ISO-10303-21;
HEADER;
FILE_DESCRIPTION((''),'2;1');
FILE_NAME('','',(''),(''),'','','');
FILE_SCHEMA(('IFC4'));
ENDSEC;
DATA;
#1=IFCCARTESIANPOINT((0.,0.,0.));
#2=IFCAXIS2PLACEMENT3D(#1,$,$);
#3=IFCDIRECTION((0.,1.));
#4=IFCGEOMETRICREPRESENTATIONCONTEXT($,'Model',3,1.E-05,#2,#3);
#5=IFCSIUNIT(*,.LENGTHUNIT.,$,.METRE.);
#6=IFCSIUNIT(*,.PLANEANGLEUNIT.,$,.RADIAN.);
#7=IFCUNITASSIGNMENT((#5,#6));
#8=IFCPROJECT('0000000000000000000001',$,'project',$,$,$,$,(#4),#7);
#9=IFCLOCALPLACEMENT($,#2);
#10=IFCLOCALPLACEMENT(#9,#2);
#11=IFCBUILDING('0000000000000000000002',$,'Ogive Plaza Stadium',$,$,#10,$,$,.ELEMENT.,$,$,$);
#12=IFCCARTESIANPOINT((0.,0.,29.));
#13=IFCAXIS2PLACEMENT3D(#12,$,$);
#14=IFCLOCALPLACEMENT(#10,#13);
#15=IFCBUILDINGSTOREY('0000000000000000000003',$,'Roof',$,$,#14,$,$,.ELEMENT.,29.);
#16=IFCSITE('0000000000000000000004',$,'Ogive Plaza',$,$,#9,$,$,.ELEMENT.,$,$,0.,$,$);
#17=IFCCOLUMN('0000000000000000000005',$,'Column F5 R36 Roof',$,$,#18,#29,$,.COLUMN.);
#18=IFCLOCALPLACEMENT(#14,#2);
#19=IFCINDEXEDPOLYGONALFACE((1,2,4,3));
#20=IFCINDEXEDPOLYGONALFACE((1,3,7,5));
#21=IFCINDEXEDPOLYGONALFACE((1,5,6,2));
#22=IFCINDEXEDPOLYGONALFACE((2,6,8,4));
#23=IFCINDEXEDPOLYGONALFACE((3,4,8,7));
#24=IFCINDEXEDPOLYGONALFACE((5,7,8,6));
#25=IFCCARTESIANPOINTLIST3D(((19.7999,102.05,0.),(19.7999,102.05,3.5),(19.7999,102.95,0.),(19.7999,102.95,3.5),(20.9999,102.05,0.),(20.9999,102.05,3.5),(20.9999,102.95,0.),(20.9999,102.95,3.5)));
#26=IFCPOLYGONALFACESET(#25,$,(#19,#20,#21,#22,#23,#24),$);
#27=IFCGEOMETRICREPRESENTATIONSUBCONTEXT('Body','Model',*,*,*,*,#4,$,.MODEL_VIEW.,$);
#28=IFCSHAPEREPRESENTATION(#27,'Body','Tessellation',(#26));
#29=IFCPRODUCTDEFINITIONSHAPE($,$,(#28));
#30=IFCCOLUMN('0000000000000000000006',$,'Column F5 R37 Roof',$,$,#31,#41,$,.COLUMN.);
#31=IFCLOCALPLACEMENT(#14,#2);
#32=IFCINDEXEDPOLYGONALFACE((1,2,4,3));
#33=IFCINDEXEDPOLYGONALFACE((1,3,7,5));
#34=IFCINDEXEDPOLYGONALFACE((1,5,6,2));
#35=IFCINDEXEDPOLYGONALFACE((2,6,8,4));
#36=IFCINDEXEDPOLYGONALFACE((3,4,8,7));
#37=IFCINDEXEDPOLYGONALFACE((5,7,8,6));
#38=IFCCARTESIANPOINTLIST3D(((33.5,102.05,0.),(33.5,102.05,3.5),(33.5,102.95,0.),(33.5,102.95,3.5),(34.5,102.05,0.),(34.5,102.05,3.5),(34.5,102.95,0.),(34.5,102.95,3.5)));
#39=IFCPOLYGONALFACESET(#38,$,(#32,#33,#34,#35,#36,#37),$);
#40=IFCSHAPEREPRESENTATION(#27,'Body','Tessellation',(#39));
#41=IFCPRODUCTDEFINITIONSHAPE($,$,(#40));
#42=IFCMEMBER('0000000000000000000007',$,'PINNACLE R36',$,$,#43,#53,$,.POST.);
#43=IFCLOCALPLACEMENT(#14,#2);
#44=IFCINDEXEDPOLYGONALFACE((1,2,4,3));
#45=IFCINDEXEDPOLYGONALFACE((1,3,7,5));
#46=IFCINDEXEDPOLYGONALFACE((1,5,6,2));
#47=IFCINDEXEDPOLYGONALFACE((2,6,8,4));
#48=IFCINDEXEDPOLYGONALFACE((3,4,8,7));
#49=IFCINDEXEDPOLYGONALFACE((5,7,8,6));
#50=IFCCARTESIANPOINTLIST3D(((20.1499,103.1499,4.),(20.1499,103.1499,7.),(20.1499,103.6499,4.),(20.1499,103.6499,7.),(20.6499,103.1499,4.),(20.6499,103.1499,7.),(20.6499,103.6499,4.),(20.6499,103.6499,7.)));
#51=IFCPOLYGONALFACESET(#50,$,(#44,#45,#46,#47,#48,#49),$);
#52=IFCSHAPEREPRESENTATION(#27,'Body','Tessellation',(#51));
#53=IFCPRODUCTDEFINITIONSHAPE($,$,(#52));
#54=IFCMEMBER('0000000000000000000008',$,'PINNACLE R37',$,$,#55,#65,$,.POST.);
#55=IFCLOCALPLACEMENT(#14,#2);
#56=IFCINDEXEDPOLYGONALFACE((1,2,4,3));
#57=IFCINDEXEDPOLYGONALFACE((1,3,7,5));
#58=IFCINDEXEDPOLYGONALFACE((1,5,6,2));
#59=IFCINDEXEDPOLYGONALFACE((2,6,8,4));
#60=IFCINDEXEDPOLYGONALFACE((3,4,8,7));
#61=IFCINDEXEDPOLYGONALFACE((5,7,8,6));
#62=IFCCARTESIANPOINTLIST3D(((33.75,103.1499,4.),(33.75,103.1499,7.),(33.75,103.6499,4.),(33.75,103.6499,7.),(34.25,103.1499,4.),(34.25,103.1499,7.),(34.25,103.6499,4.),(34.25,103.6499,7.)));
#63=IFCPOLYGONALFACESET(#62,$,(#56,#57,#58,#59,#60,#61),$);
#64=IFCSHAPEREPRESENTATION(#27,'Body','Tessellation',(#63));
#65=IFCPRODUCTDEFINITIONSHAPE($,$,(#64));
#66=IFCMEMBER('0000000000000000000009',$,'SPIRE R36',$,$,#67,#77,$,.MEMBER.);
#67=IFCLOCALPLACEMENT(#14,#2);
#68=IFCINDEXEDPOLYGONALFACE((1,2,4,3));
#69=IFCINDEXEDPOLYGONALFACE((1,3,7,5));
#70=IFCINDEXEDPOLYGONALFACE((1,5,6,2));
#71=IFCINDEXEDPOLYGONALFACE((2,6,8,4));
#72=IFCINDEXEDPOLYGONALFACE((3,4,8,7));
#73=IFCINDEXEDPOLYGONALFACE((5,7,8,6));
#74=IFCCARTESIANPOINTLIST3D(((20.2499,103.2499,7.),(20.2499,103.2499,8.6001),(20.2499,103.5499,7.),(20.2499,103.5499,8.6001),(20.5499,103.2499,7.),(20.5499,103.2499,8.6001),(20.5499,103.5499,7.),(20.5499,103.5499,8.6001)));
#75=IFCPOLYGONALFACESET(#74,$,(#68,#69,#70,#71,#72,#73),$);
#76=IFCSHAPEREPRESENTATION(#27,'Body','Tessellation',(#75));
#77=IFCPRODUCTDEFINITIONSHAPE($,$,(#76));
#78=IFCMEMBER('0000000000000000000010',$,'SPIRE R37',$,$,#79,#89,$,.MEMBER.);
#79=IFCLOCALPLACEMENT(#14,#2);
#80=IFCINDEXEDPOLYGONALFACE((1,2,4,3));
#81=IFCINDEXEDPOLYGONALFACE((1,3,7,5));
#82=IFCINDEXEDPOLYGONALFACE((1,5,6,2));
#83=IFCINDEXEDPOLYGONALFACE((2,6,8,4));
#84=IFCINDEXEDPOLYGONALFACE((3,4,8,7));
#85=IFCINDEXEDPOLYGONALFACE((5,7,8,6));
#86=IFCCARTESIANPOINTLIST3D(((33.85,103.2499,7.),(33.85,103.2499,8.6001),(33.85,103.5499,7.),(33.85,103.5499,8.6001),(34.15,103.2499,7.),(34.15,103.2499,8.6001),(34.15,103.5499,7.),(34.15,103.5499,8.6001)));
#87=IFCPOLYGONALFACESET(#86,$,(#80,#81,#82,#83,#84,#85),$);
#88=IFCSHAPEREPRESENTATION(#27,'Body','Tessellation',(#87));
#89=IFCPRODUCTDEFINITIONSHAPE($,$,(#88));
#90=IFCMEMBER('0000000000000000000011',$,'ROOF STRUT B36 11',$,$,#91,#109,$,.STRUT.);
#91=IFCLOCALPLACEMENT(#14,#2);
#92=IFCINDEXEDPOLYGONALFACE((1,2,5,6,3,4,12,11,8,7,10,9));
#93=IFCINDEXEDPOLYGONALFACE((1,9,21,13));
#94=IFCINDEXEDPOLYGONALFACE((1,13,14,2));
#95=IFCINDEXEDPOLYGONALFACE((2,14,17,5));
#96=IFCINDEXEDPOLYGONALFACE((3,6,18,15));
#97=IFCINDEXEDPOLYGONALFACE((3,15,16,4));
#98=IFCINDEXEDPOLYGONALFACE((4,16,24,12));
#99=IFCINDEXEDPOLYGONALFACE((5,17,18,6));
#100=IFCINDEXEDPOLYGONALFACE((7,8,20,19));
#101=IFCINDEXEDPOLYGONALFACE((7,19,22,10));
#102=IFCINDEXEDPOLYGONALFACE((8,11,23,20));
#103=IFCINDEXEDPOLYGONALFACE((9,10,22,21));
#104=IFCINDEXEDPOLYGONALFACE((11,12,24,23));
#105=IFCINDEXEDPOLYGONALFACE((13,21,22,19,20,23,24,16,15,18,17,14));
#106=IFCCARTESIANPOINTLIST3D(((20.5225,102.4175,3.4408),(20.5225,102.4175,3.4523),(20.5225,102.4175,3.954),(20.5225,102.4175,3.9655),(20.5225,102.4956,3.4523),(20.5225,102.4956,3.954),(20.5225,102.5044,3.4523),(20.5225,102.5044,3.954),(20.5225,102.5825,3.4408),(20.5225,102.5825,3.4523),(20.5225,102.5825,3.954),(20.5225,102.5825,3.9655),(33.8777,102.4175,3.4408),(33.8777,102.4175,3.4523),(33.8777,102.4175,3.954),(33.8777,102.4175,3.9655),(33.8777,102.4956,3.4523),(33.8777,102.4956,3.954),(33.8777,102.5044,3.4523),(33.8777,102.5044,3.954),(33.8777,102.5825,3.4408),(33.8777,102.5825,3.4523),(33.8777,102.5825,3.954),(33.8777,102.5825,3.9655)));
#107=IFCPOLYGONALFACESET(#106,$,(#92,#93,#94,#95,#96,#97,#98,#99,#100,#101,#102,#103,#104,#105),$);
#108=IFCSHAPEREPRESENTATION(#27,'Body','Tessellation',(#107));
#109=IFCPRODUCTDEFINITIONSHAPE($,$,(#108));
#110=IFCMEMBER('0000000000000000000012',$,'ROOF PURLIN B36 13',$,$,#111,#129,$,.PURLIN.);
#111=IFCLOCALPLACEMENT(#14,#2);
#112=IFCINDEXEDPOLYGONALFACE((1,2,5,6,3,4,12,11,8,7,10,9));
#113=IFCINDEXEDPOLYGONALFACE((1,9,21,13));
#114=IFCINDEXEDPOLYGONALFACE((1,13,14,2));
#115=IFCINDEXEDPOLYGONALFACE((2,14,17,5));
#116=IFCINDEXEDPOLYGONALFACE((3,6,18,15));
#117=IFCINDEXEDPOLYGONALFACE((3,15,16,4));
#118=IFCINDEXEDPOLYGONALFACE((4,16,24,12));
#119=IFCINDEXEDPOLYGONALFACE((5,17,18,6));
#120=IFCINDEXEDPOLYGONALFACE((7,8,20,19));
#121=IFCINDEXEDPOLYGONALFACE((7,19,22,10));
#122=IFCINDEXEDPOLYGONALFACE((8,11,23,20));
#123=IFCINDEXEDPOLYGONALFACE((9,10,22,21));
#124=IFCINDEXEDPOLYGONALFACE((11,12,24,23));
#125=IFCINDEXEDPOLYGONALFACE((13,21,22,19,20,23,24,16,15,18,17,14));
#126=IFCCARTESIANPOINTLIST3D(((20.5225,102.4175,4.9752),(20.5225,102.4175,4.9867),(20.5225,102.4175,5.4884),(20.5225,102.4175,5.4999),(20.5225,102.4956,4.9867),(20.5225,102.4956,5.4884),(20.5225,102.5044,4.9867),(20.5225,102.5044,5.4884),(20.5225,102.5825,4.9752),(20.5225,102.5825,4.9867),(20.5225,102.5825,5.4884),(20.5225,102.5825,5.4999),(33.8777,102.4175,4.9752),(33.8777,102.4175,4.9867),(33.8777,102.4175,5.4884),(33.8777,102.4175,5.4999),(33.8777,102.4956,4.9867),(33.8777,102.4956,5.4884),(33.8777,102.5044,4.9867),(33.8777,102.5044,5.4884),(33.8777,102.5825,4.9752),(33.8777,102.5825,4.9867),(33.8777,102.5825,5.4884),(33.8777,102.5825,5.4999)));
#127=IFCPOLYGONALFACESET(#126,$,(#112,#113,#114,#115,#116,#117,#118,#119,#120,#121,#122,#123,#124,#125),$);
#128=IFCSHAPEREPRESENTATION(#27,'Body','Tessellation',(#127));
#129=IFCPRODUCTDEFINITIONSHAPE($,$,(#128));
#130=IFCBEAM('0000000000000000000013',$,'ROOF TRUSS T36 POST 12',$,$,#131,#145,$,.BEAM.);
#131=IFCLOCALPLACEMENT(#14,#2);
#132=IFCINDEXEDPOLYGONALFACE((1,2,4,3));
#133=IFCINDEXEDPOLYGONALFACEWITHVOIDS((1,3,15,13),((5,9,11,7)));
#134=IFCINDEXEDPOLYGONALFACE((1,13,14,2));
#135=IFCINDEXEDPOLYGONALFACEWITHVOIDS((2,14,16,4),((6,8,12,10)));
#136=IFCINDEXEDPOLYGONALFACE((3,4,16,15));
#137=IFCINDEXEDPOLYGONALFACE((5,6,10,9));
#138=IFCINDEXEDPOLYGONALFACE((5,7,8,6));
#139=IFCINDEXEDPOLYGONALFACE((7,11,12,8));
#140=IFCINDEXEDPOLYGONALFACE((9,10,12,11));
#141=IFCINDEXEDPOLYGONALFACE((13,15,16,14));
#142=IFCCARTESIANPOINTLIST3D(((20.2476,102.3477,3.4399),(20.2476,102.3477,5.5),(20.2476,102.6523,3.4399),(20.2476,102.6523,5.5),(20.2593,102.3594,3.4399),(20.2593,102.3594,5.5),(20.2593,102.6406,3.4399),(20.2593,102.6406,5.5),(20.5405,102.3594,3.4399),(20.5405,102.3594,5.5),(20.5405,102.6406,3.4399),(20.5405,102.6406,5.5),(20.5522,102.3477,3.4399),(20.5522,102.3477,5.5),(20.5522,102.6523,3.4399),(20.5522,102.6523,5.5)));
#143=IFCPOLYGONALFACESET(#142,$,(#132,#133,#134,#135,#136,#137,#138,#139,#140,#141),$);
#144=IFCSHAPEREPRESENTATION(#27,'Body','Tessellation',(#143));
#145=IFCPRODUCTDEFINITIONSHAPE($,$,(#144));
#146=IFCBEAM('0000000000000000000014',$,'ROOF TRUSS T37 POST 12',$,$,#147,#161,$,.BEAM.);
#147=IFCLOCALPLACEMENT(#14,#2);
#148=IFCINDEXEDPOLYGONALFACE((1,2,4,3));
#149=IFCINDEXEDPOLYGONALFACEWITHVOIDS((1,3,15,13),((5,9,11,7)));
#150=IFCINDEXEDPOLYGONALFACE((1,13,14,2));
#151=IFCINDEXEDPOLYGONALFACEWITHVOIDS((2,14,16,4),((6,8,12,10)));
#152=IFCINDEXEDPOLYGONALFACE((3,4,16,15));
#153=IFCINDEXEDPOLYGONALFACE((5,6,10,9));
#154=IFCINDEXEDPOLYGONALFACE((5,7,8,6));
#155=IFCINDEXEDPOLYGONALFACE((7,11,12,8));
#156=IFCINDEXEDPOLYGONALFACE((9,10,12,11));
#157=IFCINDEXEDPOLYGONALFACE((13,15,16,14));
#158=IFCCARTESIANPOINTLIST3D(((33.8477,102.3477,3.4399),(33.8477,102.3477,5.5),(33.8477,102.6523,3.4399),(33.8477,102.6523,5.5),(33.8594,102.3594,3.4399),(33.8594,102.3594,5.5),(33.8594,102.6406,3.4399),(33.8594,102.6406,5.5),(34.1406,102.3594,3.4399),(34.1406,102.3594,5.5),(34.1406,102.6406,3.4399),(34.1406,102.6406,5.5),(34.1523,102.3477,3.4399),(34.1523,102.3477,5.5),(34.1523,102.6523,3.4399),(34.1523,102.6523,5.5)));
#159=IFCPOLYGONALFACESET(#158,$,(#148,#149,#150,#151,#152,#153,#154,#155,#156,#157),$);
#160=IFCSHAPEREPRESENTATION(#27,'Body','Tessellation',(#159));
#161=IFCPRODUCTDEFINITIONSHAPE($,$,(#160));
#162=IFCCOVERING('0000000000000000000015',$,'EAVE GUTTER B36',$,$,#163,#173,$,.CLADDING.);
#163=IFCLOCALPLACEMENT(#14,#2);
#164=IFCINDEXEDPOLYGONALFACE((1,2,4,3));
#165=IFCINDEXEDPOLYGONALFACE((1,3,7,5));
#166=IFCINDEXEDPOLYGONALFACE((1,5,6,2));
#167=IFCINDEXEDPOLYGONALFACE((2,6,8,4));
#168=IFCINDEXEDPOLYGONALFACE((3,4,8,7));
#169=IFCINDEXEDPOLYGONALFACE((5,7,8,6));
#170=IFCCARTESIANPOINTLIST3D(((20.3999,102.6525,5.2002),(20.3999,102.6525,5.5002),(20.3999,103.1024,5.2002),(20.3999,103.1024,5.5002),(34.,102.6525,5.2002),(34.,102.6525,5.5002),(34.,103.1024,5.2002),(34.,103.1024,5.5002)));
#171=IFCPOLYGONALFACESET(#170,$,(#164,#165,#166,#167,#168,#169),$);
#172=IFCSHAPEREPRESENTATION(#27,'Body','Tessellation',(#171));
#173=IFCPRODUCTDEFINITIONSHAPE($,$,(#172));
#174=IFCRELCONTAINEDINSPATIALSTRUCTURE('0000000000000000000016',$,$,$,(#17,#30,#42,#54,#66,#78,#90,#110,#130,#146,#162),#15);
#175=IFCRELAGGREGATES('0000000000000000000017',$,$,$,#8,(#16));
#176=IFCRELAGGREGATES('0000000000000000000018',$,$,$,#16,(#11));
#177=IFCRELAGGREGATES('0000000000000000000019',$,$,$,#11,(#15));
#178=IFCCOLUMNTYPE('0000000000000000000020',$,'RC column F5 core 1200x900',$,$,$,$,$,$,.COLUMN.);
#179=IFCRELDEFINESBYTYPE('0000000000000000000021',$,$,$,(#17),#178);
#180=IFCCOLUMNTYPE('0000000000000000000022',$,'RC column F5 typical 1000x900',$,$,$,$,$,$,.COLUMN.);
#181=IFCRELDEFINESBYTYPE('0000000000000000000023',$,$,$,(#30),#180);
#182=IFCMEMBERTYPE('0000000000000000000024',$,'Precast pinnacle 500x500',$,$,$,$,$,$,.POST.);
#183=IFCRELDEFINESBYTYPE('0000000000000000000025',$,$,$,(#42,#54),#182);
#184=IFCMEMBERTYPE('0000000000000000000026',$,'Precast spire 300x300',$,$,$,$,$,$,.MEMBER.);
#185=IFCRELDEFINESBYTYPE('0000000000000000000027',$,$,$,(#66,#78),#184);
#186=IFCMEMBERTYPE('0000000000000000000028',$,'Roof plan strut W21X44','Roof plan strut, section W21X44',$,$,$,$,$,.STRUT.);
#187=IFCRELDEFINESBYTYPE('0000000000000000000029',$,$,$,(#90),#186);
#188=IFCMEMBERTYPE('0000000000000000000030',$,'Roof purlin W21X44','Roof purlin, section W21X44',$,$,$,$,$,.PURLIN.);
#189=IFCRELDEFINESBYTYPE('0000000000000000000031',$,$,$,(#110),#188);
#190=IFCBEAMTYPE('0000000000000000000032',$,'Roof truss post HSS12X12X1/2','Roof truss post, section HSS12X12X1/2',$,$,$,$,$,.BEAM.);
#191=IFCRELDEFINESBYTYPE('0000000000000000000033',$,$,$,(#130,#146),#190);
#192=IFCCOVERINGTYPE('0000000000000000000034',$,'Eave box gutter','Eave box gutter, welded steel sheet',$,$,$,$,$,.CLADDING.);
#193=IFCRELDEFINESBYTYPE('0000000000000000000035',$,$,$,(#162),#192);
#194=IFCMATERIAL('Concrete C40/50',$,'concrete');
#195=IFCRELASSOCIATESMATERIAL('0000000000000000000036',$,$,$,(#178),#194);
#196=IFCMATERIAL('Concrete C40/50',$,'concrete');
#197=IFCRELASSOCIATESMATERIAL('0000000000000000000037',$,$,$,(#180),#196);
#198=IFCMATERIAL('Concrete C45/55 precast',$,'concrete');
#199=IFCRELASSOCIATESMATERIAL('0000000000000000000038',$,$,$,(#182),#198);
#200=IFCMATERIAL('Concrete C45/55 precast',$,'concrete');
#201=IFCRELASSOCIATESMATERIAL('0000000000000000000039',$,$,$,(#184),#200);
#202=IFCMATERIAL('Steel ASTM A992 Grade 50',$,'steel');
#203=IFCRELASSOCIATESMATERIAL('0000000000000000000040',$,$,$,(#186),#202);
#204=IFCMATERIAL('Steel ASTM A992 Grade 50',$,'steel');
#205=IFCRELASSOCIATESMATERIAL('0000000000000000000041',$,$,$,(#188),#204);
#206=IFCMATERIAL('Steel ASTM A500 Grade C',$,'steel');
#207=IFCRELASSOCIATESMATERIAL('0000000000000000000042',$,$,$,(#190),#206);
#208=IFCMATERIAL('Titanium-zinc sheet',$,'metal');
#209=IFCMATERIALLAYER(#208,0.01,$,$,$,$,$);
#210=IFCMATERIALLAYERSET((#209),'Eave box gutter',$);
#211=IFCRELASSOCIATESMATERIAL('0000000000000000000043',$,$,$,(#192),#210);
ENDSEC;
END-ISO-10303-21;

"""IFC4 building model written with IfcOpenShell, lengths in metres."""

from ifc_helpers import new_model, si_unit, direction, frame, origin, origin_2d, place, context, subcontext, project, spatial, rectangle, hollow_rectangle, i_section, extrude, material, layer, layer_set, material_profile, profile_set, type_object, element, save


model = new_model("IFC4")

# Units and contexts
model_context = context("Model", 3, precision=1e-05, world=origin(), true_north=direction((0.0, 1.0)))
body_context = subcontext(model_context, "Body", "Model", "MODEL_VIEW")
ifc_project = project(units=[si_unit("LENGTHUNIT", "METRE"), si_unit("PLANEANGLEUNIT", "RADIAN")], contexts=[model_context])

# Site, building, storey
site_placement = place(None, origin())
site = spatial("IfcSite", under=ifc_project, at=site_placement, Name="Ogive Plaza", CompositionType="ELEMENT", RefElevation=0.0)
building_placement = place(site_placement, origin())
building = spatial("IfcBuilding", under=site, at=building_placement, Name="Ogive Plaza Stadium", CompositionType="ELEMENT")
storey_placement = place(building_placement, frame((0.0, 0.0, 29.0)))
storey = spatial("IfcBuildingStorey", under=building, at=storey_placement, Name="Roof", CompositionType="ELEMENT", Elevation=29.0)

# Columns
ifc_material_1 = material(Name="Concrete C40/50", Category="concrete")
ifc_material_profile_1 = material_profile(ifc_material_1, rectangle(XDim=1.2, YDim=0.8999, at=origin_2d()), Name="RC 1200x900")
ifc_profile_set_1 = profile_set([ifc_material_profile_1], Name="Concrete C40/50")
column_type_1 = type_object("IfcColumnType", Name="RC column F5 core 1200x900", PredefinedType="COLUMN", material=ifc_profile_set_1)
column_1_placement = place(storey_placement, frame((20.3999, 102.5, 0.0), z_axis=(0.0, 0.0, 1.0), x_axis=(-1.0, 0.0, 0.0)))
element("IfcColumn", 1, at=column_1_placement, inside=storey, type_object=column_type_1, Name="Column F5 R36 Roof", PredefinedType="COLUMN", context=body_context, shape_type="SweptSolid", body=[
    extrude(rectangle(XDim=1.2, YDim=0.8999, at=origin_2d()), origin(), (0.0, 0.0, 1.0), 3.5),
])
ifc_material_2 = material(Name="Concrete C40/50", Category="concrete")
ifc_material_profile_2 = material_profile(ifc_material_2, rectangle(XDim=1.0, YDim=0.8999, at=origin_2d()), Name="RC 1000x900")
ifc_profile_set_2 = profile_set([ifc_material_profile_2], Name="Concrete C40/50")
column_type_2 = type_object("IfcColumnType", Name="RC column F5 typical 1000x900", PredefinedType="COLUMN", material=ifc_profile_set_2)
column_2_placement = place(storey_placement, frame((34.0, 102.5, 0.0), z_axis=(0.0, 0.0, 1.0), x_axis=(-1.0, 0.0, 0.0)))
element("IfcColumn", 2, at=column_2_placement, inside=storey, type_object=column_type_2, Name="Column F5 R37 Roof", PredefinedType="COLUMN", context=body_context, shape_type="SweptSolid", body=[
    extrude(rectangle(XDim=1.0, YDim=0.8999, at=origin_2d()), origin(), (0.0, 0.0, 1.0), 3.5),
])

# Members
ifc_material_3 = material(Name="Concrete C45/55 precast", Category="concrete")
ifc_material_profile_3 = material_profile(ifc_material_3, rectangle(XDim=0.5, YDim=0.5, at=origin_2d()), Name="RC 500x500")
ifc_profile_set_3 = profile_set([ifc_material_profile_3], Name="Concrete C45/55 precast")
member_type_1 = type_object("IfcMemberType", Name="Precast pinnacle 500x500", PredefinedType="POST", material=ifc_profile_set_3)
for number, where, z_axis, x_axis, name in (
    (3, (20.3999, 103.3999, 4.0), (0.0, 0.0, 1.0), (-1.0, 0.0, 0.0), "PINNACLE R36"),
    (4, (34.0, 103.3999, 4.0), (0.0, 0.0, 1.0), (-1.0, 0.0, 0.0), "PINNACLE R37"),
):
    element("IfcMember", number, at=place(storey_placement, frame(where, z_axis=z_axis, x_axis=x_axis)), inside=storey, type_object=member_type_1, Name=name, PredefinedType="POST", context=body_context, shape_type="SweptSolid", body=[
        extrude(rectangle(XDim=0.5, YDim=0.5, at=origin_2d()), origin(), (0.0, 0.0, 1.0), 3.0),
    ])
ifc_material_4 = material(Name="Concrete C45/55 precast", Category="concrete")
ifc_material_profile_4 = material_profile(ifc_material_4, rectangle(XDim=0.3, YDim=0.3, at=origin_2d()), Name="RC 300x300")
ifc_profile_set_4 = profile_set([ifc_material_profile_4], Name="Concrete C45/55 precast")
member_type_2 = type_object("IfcMemberType", Name="Precast spire 300x300", PredefinedType="MEMBER", material=ifc_profile_set_4)
for number, where, z_axis, x_axis, name in (
    (5, (20.3999, 103.3999, 7.0), (0.0, 0.0, 1.0), (-1.0, 0.0, 0.0), "SPIRE R36"),
    (6, (34.0, 103.3999, 7.0), (0.0, 0.0, 1.0), (-1.0, 0.0, 0.0), "SPIRE R37"),
):
    element("IfcMember", number, at=place(storey_placement, frame(where, z_axis=z_axis, x_axis=x_axis)), inside=storey, type_object=member_type_2, Name=name, PredefinedType="MEMBER", context=body_context, shape_type="SweptSolid", body=[
        extrude(rectangle(XDim=0.3, YDim=0.3, at=origin_2d()), origin(), (0.0, 0.0, 1.0), 1.6001),
    ])
ifc_material_5 = material(Name="Steel ASTM A992 Grade 50", Category="steel")
ifc_material_profile_5 = material_profile(ifc_material_5, i_section(OverallWidth=0.165, OverallDepth=0.5247, WebThickness=0.0088, FlangeThickness=0.0115, at=origin_2d()), Name="W21X44")
ifc_profile_set_5 = profile_set([ifc_material_profile_5], Name="Steel ASTM A992 Grade 50")
member_type_3 = type_object("IfcMemberType", Name="Roof plan strut W21X44", Description="Roof plan strut, section W21X44", PredefinedType="STRUT", material=ifc_profile_set_5)
member_1_placement = place(storey_placement, frame((20.5225, 102.5, 3.7031), z_axis=(1.0, 0.0, 0.0), x_axis=(0.0, 1.0, 0.0)))
element("IfcMember", 7, at=member_1_placement, inside=storey, type_object=member_type_3, Name="ROOF STRUT B36 11", PredefinedType="STRUT", context=body_context, shape_type="SweptSolid", body=[
    extrude(i_section(OverallWidth=0.165, OverallDepth=0.5247, WebThickness=0.0088, FlangeThickness=0.0115, at=origin_2d()), origin(), (0.0, 0.0, 1.0), 13.3552),
])
ifc_material_6 = material(Name="Steel ASTM A992 Grade 50", Category="steel")
ifc_material_profile_6 = material_profile(ifc_material_6, i_section(OverallWidth=0.165, OverallDepth=0.5247, WebThickness=0.0088, FlangeThickness=0.0115, at=origin_2d()), Name="W21X44")
ifc_profile_set_6 = profile_set([ifc_material_profile_6], Name="Steel ASTM A992 Grade 50")
member_type_4 = type_object("IfcMemberType", Name="Roof purlin W21X44", Description="Roof purlin, section W21X44", PredefinedType="PURLIN", material=ifc_profile_set_6)
member_2_placement = place(storey_placement, frame((20.5225, 102.5, 5.2375), z_axis=(1.0, 0.0, 0.0), x_axis=(0.0, 1.0, 0.0)))
element("IfcMember", 8, at=member_2_placement, inside=storey, type_object=member_type_4, Name="ROOF PURLIN B36 13", PredefinedType="PURLIN", context=body_context, shape_type="SweptSolid", body=[
    extrude(i_section(OverallWidth=0.165, OverallDepth=0.5247, WebThickness=0.0088, FlangeThickness=0.0115, at=origin_2d()), origin(), (0.0, 0.0, 1.0), 13.3552),
])

# Beams
ifc_material_7 = material(Name="Steel ASTM A500 Grade C", Category="steel")
ifc_material_profile_7 = material_profile(ifc_material_7, hollow_rectangle(XDim=0.3047, YDim=0.3047, WallThickness=0.0117, at=origin_2d()), Name="HSS12X12X1/2")
ifc_profile_set_7 = profile_set([ifc_material_profile_7], Name="Steel ASTM A500 Grade C")
beam_type = type_object("IfcBeamType", Name="Roof truss post HSS12X12X1/2", Description="Roof truss post, section HSS12X12X1/2", PredefinedType="BEAM", material=ifc_profile_set_7)
for number, where, z_axis, x_axis, name in (
    (9, (20.3999, 102.5, 3.4399), (0.0, 0.0, 1.0), (-1.0, 0.0, 0.0), "ROOF TRUSS T36 POST 12"),
    (10, (34.0, 102.5, 3.4399), (0.0, 0.0, 1.0), (-1.0, 0.0, 0.0), "ROOF TRUSS T37 POST 12"),
):
    element("IfcBeam", number, at=place(storey_placement, frame(where, z_axis=z_axis, x_axis=x_axis)), inside=storey, type_object=beam_type, Name=name, PredefinedType="BEAM", context=body_context, shape_type="SweptSolid", body=[
        extrude(hollow_rectangle(XDim=0.3047, YDim=0.3047, WallThickness=0.0117, at=origin_2d()), origin(), (0.0, 0.0, 1.0), 2.0601),
    ])

# Covering
ifc_material_8 = material(Name="Titanium-zinc sheet", Category="metal")
ifc_layer_1 = layer(ifc_material_8, 0.01)
ifc_layer_set_1 = layer_set([ifc_layer_1], Name="Eave box gutter")
covering_type = type_object("IfcCoveringType", Name="Eave box gutter", Description="Eave box gutter, welded steel sheet", PredefinedType="CLADDING", material=ifc_layer_set_1)
covering_placement = place(storey_placement, frame((27.2, 102.8774, 5.2002), z_axis=(0.0, 0.0, 1.0), x_axis=(1.0, 0.0, 0.0)))
element("IfcCovering", 11, at=covering_placement, inside=storey, type_object=covering_type, Name="EAVE GUTTER B36", PredefinedType="CLADDING", context=body_context, shape_type="SweptSolid", body=[
    extrude(rectangle(XDim=13.6001, YDim=0.45, at=origin_2d()), origin(), (0.0, 0.0, 1.0), 0.3),
])

save(model, "model.ifc")
